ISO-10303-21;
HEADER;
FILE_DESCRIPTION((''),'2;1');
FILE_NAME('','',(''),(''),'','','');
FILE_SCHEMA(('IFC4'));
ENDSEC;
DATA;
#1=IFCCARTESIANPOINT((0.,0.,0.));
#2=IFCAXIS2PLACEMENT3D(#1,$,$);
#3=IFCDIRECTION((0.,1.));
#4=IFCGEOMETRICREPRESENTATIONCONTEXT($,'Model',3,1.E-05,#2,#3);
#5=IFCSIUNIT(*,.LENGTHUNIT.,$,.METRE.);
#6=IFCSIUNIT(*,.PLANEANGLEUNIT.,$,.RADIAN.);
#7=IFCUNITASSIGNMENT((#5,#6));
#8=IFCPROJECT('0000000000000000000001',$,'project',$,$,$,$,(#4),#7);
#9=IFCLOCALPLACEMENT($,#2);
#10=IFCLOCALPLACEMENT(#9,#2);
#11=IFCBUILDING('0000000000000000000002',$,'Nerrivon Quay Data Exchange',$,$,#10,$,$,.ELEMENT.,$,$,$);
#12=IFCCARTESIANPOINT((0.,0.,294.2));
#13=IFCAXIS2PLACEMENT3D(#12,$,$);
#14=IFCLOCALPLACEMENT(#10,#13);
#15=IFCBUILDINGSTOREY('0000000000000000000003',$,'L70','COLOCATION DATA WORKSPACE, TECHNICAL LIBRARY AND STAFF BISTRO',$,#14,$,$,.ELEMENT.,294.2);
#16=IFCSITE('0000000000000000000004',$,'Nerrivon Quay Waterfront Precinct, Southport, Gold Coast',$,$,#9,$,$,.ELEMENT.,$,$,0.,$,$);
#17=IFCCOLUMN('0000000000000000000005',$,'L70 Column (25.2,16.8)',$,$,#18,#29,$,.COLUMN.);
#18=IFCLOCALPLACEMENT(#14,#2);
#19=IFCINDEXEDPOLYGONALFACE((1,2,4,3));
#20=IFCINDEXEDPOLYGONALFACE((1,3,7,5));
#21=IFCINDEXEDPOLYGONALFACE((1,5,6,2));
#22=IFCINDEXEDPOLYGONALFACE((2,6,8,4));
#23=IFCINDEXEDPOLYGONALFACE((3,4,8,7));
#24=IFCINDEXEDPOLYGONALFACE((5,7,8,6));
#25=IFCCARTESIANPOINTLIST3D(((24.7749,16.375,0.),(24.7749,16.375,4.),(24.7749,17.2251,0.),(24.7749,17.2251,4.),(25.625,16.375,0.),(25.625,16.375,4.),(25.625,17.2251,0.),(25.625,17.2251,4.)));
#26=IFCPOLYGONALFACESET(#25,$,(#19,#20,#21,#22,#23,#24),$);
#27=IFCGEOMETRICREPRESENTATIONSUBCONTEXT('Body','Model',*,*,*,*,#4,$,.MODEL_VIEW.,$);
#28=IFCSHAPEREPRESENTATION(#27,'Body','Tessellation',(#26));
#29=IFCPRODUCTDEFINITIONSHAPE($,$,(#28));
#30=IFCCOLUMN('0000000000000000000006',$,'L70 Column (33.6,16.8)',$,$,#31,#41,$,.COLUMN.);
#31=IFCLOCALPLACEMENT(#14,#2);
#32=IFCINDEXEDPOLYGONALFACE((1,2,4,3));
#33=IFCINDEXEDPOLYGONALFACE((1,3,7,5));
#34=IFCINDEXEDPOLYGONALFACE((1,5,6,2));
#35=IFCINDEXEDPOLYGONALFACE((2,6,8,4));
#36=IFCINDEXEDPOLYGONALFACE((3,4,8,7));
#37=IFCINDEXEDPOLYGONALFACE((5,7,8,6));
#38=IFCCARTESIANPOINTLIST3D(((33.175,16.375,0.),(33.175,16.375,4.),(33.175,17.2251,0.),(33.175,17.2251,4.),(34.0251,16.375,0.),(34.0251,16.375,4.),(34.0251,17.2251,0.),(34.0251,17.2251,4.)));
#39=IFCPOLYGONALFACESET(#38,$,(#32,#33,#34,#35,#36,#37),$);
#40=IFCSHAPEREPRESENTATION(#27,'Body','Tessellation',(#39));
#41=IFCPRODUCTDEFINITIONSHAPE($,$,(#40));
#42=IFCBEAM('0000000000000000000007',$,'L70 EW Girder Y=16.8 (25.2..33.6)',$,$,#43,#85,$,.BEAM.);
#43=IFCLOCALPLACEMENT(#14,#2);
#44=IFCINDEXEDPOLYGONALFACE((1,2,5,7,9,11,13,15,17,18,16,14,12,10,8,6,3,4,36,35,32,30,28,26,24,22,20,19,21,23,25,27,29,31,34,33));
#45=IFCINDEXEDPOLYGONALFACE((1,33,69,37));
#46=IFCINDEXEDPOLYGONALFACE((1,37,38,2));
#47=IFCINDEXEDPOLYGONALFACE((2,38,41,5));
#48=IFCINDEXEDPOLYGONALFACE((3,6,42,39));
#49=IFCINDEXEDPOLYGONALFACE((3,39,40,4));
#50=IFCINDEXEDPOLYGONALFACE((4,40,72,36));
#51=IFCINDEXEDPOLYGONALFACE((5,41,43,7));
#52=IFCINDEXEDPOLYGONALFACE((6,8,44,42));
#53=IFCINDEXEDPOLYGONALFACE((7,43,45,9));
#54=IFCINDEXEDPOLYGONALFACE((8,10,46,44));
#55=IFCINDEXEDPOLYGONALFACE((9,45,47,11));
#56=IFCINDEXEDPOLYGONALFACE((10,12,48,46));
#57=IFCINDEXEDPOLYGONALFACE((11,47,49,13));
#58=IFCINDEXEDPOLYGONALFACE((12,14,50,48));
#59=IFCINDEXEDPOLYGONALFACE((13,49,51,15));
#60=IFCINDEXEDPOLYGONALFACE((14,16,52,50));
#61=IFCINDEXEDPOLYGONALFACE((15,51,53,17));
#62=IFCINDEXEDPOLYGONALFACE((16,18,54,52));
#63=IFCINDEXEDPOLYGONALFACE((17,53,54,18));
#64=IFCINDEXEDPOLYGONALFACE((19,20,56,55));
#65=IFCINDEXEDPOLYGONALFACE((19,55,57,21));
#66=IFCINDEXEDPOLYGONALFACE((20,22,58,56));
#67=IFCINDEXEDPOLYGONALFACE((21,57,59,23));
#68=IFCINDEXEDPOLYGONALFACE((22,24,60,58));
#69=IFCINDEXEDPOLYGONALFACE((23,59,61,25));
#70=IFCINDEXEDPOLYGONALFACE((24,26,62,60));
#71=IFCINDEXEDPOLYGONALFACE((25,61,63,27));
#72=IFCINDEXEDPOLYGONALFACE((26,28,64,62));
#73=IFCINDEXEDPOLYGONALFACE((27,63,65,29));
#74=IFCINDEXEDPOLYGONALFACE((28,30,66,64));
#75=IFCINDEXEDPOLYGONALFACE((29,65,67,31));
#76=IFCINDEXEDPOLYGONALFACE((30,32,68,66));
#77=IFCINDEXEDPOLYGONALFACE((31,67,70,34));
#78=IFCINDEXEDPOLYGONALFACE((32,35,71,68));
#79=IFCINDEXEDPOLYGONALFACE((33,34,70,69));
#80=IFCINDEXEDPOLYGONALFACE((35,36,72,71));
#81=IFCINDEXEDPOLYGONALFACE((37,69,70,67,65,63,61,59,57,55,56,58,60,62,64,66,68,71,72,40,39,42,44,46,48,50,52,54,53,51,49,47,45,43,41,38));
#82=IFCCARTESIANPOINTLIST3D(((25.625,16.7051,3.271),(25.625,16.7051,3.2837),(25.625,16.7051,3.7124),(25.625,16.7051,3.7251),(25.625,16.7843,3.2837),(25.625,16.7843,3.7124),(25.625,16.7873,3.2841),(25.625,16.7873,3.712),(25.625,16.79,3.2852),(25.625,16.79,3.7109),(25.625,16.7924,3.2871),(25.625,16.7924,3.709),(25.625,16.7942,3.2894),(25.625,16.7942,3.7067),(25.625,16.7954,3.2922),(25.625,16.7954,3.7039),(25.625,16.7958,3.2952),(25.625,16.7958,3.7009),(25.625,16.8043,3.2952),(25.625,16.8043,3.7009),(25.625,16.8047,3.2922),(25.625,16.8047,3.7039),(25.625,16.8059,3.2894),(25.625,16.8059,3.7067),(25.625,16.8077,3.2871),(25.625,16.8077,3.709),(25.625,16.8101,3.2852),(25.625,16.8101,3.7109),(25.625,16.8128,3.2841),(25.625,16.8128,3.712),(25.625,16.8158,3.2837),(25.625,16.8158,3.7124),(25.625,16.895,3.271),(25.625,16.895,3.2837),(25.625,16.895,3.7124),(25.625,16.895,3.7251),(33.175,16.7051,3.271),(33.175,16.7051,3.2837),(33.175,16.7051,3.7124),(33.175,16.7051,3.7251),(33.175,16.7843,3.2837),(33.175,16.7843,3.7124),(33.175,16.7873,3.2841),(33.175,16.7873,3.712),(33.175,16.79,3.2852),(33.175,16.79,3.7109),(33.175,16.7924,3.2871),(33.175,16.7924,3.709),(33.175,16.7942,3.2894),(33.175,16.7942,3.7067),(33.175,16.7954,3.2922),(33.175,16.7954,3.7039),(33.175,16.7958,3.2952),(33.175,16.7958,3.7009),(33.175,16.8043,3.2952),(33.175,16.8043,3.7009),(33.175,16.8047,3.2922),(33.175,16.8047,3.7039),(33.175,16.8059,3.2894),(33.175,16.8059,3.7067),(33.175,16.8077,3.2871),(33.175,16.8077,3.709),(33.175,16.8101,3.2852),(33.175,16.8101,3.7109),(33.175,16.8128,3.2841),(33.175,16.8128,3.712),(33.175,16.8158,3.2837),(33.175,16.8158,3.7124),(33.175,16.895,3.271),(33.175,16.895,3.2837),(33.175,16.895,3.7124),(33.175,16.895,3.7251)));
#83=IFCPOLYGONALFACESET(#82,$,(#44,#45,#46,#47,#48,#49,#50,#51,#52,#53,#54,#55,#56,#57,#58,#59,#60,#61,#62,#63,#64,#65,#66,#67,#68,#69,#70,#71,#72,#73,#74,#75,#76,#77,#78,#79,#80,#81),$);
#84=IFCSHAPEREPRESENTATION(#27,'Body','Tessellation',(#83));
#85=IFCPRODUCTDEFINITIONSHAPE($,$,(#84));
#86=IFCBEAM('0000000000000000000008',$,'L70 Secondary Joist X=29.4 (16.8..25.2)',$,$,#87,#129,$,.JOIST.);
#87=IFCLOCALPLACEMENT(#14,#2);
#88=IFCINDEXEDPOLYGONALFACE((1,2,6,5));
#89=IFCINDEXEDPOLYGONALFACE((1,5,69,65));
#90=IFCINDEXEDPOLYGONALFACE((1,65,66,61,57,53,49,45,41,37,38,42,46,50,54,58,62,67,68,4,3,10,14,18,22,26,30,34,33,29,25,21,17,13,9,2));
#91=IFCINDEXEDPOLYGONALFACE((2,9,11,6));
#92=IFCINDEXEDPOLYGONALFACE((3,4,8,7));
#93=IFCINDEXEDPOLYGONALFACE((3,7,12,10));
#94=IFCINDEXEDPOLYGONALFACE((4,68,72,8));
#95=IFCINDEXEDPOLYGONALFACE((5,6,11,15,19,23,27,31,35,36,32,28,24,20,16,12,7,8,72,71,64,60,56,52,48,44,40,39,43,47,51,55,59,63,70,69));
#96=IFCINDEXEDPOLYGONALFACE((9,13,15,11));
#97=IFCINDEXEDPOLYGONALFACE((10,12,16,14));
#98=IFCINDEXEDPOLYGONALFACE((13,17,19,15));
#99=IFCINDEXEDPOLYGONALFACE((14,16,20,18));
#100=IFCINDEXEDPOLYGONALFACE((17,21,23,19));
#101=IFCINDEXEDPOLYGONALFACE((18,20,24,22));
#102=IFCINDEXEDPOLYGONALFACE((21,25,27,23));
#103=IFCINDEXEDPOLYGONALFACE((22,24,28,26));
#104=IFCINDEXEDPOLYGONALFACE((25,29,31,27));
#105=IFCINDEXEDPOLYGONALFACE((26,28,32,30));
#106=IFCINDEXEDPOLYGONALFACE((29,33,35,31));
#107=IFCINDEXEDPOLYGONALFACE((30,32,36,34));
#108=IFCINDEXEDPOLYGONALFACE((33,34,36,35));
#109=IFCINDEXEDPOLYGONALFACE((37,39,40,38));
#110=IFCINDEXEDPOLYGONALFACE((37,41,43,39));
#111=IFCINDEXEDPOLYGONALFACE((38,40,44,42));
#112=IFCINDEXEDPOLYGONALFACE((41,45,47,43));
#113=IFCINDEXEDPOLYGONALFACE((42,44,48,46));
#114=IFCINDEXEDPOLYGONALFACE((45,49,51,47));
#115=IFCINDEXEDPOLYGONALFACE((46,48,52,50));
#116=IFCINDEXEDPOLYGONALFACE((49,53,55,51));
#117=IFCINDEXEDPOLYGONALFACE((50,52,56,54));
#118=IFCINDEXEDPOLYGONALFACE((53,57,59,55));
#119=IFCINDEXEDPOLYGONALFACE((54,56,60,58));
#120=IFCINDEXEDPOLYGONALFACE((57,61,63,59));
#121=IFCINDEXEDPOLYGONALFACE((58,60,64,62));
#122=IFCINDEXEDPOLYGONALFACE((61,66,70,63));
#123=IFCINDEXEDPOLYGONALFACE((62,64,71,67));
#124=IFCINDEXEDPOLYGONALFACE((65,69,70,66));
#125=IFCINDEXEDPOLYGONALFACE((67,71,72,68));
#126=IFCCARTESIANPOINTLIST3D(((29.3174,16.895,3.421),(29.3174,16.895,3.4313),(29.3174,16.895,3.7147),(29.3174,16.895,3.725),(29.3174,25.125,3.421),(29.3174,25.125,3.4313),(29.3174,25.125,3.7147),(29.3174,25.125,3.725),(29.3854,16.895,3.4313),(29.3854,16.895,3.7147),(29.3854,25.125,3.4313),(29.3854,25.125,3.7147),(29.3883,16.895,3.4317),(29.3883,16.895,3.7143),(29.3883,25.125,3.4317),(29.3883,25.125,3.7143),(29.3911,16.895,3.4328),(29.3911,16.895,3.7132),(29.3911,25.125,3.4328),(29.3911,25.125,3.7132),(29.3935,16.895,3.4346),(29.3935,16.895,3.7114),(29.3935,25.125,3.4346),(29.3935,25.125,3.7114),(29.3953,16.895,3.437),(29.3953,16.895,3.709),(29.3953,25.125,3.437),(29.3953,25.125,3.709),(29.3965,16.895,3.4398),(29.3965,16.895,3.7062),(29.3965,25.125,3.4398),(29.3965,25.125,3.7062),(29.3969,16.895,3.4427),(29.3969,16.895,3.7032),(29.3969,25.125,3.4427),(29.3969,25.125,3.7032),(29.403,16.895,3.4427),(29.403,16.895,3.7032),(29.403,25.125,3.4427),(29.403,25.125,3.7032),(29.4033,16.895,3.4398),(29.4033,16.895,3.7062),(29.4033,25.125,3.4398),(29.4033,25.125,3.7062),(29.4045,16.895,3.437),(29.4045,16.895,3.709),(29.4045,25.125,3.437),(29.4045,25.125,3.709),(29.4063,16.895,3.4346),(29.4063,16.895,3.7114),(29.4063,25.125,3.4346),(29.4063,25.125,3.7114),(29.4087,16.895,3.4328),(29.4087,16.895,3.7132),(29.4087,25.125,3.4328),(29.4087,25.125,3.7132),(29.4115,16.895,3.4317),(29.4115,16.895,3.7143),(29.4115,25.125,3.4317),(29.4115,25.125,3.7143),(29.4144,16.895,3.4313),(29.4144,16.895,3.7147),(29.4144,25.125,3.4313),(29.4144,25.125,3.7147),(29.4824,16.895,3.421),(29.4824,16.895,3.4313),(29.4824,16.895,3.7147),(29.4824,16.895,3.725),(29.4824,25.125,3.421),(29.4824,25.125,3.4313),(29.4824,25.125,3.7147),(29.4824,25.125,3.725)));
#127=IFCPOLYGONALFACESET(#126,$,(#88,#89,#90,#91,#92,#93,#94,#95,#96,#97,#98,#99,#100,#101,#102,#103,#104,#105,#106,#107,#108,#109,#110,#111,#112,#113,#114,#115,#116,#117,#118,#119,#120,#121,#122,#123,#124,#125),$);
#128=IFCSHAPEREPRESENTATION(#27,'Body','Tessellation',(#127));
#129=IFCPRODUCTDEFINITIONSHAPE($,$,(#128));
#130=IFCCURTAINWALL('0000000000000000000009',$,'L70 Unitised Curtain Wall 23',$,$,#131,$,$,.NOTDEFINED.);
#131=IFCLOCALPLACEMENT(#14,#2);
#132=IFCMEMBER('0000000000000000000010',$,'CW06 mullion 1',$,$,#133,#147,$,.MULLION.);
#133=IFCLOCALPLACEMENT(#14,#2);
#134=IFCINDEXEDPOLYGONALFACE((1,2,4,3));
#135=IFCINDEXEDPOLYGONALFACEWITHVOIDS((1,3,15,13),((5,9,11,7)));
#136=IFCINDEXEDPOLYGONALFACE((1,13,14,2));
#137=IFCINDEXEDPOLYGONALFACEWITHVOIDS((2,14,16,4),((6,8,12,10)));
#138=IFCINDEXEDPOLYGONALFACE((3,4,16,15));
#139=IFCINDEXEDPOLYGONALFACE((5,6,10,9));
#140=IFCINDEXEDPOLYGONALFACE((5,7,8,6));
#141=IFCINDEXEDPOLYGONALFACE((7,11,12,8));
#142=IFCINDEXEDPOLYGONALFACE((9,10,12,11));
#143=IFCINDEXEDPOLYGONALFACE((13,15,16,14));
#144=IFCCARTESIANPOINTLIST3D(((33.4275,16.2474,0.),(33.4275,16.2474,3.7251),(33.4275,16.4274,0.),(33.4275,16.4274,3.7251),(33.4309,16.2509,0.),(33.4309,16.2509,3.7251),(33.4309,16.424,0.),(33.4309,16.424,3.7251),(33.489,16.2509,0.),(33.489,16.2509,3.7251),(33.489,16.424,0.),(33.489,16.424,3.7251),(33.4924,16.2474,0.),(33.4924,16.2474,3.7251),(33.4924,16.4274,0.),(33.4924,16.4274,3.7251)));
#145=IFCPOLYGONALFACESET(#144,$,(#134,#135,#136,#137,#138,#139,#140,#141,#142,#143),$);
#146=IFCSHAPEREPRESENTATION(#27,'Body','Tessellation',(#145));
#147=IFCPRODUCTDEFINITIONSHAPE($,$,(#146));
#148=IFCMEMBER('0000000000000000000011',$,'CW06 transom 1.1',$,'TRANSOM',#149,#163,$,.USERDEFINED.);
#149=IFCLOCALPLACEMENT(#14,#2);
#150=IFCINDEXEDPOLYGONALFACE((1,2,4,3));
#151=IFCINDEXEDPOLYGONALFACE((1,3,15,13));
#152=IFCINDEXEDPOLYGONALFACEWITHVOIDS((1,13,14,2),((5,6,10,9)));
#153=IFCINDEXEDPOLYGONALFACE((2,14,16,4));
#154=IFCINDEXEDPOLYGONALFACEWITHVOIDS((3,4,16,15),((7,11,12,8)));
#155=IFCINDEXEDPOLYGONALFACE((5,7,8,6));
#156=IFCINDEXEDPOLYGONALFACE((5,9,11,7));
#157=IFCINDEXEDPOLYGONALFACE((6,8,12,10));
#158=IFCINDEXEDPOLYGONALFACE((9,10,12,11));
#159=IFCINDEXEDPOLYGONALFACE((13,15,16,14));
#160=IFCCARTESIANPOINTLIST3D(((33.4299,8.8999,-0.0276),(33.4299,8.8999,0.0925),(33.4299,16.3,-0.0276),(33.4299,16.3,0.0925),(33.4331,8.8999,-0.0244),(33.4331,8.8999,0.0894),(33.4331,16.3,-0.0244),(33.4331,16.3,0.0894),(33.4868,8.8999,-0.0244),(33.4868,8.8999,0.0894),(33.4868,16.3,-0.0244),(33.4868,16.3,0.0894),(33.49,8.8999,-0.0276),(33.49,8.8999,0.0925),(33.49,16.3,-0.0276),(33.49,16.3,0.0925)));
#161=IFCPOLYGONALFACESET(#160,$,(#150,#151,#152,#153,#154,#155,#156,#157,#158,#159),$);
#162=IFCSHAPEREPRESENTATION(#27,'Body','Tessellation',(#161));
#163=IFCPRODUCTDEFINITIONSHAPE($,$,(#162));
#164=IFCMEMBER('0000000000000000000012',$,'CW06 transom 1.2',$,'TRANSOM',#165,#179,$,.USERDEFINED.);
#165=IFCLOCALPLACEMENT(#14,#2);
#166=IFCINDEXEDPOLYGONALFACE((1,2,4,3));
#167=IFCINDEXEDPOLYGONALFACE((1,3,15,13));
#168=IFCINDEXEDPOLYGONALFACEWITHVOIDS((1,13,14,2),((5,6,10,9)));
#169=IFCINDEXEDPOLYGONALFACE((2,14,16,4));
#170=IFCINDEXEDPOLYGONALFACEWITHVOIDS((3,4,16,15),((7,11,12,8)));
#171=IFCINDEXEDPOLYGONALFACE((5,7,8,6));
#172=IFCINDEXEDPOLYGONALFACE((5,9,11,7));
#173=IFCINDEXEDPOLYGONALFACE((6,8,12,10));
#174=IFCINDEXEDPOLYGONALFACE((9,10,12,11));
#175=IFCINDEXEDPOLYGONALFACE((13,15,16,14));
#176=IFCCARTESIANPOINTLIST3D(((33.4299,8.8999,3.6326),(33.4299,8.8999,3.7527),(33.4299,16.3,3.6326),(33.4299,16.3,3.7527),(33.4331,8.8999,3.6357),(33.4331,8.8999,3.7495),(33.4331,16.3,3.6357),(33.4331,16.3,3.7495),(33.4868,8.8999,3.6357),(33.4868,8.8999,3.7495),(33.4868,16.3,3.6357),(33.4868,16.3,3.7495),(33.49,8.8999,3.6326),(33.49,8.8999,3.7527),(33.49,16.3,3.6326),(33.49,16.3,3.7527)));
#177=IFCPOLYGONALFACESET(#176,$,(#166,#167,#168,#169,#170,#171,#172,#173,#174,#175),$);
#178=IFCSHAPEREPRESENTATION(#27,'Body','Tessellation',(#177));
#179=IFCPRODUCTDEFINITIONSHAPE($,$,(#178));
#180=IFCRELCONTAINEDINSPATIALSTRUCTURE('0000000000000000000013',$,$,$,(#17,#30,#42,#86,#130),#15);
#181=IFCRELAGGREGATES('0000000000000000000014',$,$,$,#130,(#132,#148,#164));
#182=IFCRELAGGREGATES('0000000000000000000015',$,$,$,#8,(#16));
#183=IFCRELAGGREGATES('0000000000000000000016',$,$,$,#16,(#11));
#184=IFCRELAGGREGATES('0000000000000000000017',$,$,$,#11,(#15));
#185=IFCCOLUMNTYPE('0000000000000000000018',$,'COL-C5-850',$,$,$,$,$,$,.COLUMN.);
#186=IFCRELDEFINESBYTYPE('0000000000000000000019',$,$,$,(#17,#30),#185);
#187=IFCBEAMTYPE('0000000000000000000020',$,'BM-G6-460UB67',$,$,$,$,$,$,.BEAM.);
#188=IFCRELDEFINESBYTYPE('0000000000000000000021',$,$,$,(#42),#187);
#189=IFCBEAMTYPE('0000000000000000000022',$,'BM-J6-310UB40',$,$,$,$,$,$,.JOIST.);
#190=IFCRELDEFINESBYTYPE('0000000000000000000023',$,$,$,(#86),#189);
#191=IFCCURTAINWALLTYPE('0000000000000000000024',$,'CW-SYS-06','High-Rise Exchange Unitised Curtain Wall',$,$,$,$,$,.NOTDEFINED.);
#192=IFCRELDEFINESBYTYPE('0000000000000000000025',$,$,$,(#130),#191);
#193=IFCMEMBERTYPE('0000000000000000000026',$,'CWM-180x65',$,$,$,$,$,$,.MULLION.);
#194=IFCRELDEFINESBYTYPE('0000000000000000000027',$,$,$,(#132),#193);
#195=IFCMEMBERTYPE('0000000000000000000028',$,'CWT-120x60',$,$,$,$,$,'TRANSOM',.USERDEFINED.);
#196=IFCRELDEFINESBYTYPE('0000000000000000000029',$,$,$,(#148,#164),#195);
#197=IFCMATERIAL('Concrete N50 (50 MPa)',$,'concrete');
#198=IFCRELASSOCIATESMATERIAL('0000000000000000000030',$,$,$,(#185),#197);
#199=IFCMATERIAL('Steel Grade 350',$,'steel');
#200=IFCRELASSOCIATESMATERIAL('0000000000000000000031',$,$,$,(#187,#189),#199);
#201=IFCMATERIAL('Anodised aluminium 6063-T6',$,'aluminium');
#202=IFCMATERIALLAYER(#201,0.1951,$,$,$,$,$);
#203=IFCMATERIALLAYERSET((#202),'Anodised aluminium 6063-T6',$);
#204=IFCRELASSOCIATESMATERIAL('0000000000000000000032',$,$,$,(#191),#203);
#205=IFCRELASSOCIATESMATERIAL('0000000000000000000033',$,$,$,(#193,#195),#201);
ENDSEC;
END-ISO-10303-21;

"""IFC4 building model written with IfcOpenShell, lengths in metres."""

from ifc_helpers import new_model, si_unit, direction, frame, origin, origin_2d, place, context, subcontext, project, spatial, rectangle, hollow_rectangle, i_section, extrude, material, layer, layer_set, material_profile, profile_set, type_object, element, aggregate, save


model = new_model("IFC4")

# Units and contexts
model_context = context("Model", 3, precision=1e-05, world=origin(), true_north=direction((0.0, 1.0)))
body_context = subcontext(model_context, "Body", "Model", "MODEL_VIEW")
ifc_project = project(units=[si_unit("LENGTHUNIT", "METRE"), si_unit("PLANEANGLEUNIT", "RADIAN")], contexts=[model_context])

# Site, building, storey
site_placement = place(None, origin())
site = spatial("IfcSite", under=ifc_project, at=site_placement, Name="Nerrivon Quay Waterfront Precinct, Southport, Gold Coast", CompositionType="ELEMENT", RefElevation=0.0)
building_placement = place(site_placement, origin())
building = spatial("IfcBuilding", under=site, at=building_placement, Name="Nerrivon Quay Data Exchange", CompositionType="ELEMENT")
storey_placement = place(building_placement, frame((0.0, 0.0, 294.2)))
storey = spatial("IfcBuildingStorey", under=building, at=storey_placement, Name="L70", Description="COLOCATION DATA WORKSPACE, TECHNICAL LIBRARY AND STAFF BISTRO", CompositionType="ELEMENT", Elevation=294.2)

# Columns
ifc_material_1 = material(Name="Concrete N50 (50 MPa)", Category="concrete")
ifc_material_profile_1 = material_profile(ifc_material_1, rectangle(XDim=0.8501, YDim=0.8501, at=origin_2d()), Name="RC-COL-850x850")
ifc_profile_set_1 = profile_set([ifc_material_profile_1], Name="Concrete N50 (50 MPa)")
column_type = type_object("IfcColumnType", Name="COL-C5-850", PredefinedType="COLUMN", material=ifc_profile_set_1)
for number, where, z_axis, x_axis, name in (
    (1, (25.2, 16.8, 0.0), (0.0, 0.0, 1.0), (1.0, 0.0, 0.0), "L70 Column (25.2,16.8)"),
    (2, (33.6001, 16.8, 0.0), (0.0, 0.0, 1.0), (1.0, 0.0, 0.0), "L70 Column (33.6,16.8)"),
):
    element("IfcColumn", number, at=place(storey_placement, frame(where, z_axis=z_axis, x_axis=x_axis)), inside=storey, type_object=column_type, Name=name, PredefinedType="COLUMN", context=body_context, shape_type="SweptSolid", body=[
        extrude(rectangle(XDim=0.8501, YDim=0.8501, at=origin_2d()), origin(), (0.0, 0.0, 1.0), 4.0),
    ])

# Beams
ifc_material_2 = material(Name="Steel Grade 350", Category="steel")
ifc_material_profile_2 = material_profile(ifc_material_2, i_section(OverallWidth=0.1899, OverallDepth=0.4541, WebThickness=0.0085, FlangeThickness=0.0127, FilletRadius=0.0115, at=origin_2d()), Name="460UB67.1")
ifc_profile_set_2 = profile_set([ifc_material_profile_2], Name="Steel Grade 350")
beam_type_1 = type_object("IfcBeamType", Name="BM-G6-460UB67", PredefinedType="BEAM", material=ifc_profile_set_2)
beam_1_placement = place(storey_placement, frame((25.625, 16.8, 3.498), z_axis=(1.0, 0.0, 0.0), x_axis=(0.0, 1.0, 0.0)))
element("IfcBeam", 3, at=beam_1_placement, inside=storey, type_object=beam_type_1, Name="L70 EW Girder Y=16.8 (25.2..33.6)", PredefinedType="BEAM", context=body_context, shape_type="SweptSolid", body=[
    extrude(i_section(OverallWidth=0.1899, OverallDepth=0.4541, WebThickness=0.0085, FlangeThickness=0.0127, FilletRadius=0.0115, at=origin_2d()), origin(), (0.0, 0.0, 1.0), 7.55),
])
ifc_material_profile_3 = material_profile(ifc_material_2, i_section(OverallWidth=0.165, OverallDepth=0.304, WebThickness=0.0061, FlangeThickness=0.0103, FilletRadius=0.0115, at=origin_2d()), Name="310UB40.4")
ifc_profile_set_3 = profile_set([ifc_material_profile_3], Name="Steel Grade 350")
beam_type_2 = type_object("IfcBeamType", Name="BM-J6-310UB40", PredefinedType="JOIST", material=ifc_profile_set_3)
beam_2_placement = place(storey_placement, frame((29.3999, 16.895, 3.573), z_axis=(0.0, 1.0, 0.0), x_axis=(-1.0, 0.0, 0.0)))
element("IfcBeam", 4, at=beam_2_placement, inside=storey, type_object=beam_type_2, Name="L70 Secondary Joist X=29.4 (16.8..25.2)", PredefinedType="JOIST", context=body_context, shape_type="SweptSolid", body=[
    extrude(i_section(OverallWidth=0.165, OverallDepth=0.304, WebThickness=0.0061, FlangeThickness=0.0103, FilletRadius=0.0115, at=origin_2d()), origin(), (0.0, 0.0, 1.0), 8.23),
])

# Curtain wall, members
ifc_material_3 = material(Name="Anodised aluminium 6063-T6", Category="aluminium")
ifc_layer_1 = layer(ifc_material_3, 0.1951)
ifc_layer_set_1 = layer_set([ifc_layer_1], Name="Anodised aluminium 6063-T6")
curtain_wall_type = type_object("IfcCurtainWallType", Name="CW-SYS-06", Description="High-Rise Exchange Unitised Curtain Wall", PredefinedType="NOTDEFINED", material=ifc_layer_set_1)
curtain_wall_placement = place(storey_placement, origin())
curtain_wall = element("IfcCurtainWall", 5, at=curtain_wall_placement, inside=storey, type_object=curtain_wall_type, Name="L70 Unitised Curtain Wall 23", PredefinedType="NOTDEFINED")
ifc_material_profile_4 = material_profile(ifc_material_3, hollow_rectangle(XDim=0.0649, YDim=0.1799, WallThickness=0.0034, at=origin_2d()), Name="ALU-MULL-180x65")
ifc_profile_set_4 = profile_set([ifc_material_profile_4], Name="Anodised aluminium 6063-T6")
member_type_1 = type_object("IfcMemberType", Name="CWM-180x65", PredefinedType="MULLION", material=ifc_profile_set_4)
member_1_placement = place(storey_placement, frame((33.46, 16.3374, 0.0), z_axis=(0.0, 0.0, 1.0), x_axis=(1.0, 0.0, 0.0)))
member_1 = element("IfcMember", 6, at=member_1_placement, type_object=member_type_1, Name="CW06 mullion 1", PredefinedType="MULLION", context=body_context, shape_type="SweptSolid", body=[
    extrude(hollow_rectangle(XDim=0.0649, YDim=0.1799, WallThickness=0.0034, at=origin_2d()), origin(), (0.0, 0.0, 1.0), 3.7251),
])
ifc_material_profile_5 = material_profile(ifc_material_3, hollow_rectangle(XDim=0.0601, YDim=0.1201, WallThickness=0.0032, at=origin_2d()), Name="ALU-TRAN-120x60")
ifc_profile_set_5 = profile_set([ifc_material_profile_5], Name="Anodised aluminium 6063-T6")
member_type_2 = type_object("IfcMemberType", Name="CWT-120x60", ElementType="TRANSOM", PredefinedType="USERDEFINED", material=ifc_profile_set_5)
member_2_placement = place(storey_placement, frame((33.46, 16.3, 0.0325), z_axis=(0.0, -1.0, 0.0), x_axis=(1.0, 0.0, 0.0)))
member_2 = element("IfcMember", 7, at=member_2_placement, type_object=member_type_2, Name="CW06 transom 1.1", ObjectType="TRANSOM", PredefinedType="USERDEFINED", context=body_context, shape_type="SweptSolid", body=[
    extrude(hollow_rectangle(XDim=0.0601, YDim=0.1201, WallThickness=0.0032, at=origin_2d()), origin(), (0.0, 0.0, 1.0), 7.4001),
])
member_3_placement = place(storey_placement, frame((33.46, 16.3, 3.6926), z_axis=(0.0, -1.0, 0.0), x_axis=(1.0, 0.0, 0.0)))
member_3 = element("IfcMember", 8, at=member_3_placement, type_object=member_type_2, Name="CW06 transom 1.2", ObjectType="TRANSOM", PredefinedType="USERDEFINED", context=body_context, shape_type="SweptSolid", body=[
    extrude(hollow_rectangle(XDim=0.0601, YDim=0.1201, WallThickness=0.0032, at=origin_2d()), origin(), (0.0, 0.0, 1.0), 7.4001),
])
aggregate(curtain_wall, [member_1, member_2, member_3])

save(model, "model.ifc")
